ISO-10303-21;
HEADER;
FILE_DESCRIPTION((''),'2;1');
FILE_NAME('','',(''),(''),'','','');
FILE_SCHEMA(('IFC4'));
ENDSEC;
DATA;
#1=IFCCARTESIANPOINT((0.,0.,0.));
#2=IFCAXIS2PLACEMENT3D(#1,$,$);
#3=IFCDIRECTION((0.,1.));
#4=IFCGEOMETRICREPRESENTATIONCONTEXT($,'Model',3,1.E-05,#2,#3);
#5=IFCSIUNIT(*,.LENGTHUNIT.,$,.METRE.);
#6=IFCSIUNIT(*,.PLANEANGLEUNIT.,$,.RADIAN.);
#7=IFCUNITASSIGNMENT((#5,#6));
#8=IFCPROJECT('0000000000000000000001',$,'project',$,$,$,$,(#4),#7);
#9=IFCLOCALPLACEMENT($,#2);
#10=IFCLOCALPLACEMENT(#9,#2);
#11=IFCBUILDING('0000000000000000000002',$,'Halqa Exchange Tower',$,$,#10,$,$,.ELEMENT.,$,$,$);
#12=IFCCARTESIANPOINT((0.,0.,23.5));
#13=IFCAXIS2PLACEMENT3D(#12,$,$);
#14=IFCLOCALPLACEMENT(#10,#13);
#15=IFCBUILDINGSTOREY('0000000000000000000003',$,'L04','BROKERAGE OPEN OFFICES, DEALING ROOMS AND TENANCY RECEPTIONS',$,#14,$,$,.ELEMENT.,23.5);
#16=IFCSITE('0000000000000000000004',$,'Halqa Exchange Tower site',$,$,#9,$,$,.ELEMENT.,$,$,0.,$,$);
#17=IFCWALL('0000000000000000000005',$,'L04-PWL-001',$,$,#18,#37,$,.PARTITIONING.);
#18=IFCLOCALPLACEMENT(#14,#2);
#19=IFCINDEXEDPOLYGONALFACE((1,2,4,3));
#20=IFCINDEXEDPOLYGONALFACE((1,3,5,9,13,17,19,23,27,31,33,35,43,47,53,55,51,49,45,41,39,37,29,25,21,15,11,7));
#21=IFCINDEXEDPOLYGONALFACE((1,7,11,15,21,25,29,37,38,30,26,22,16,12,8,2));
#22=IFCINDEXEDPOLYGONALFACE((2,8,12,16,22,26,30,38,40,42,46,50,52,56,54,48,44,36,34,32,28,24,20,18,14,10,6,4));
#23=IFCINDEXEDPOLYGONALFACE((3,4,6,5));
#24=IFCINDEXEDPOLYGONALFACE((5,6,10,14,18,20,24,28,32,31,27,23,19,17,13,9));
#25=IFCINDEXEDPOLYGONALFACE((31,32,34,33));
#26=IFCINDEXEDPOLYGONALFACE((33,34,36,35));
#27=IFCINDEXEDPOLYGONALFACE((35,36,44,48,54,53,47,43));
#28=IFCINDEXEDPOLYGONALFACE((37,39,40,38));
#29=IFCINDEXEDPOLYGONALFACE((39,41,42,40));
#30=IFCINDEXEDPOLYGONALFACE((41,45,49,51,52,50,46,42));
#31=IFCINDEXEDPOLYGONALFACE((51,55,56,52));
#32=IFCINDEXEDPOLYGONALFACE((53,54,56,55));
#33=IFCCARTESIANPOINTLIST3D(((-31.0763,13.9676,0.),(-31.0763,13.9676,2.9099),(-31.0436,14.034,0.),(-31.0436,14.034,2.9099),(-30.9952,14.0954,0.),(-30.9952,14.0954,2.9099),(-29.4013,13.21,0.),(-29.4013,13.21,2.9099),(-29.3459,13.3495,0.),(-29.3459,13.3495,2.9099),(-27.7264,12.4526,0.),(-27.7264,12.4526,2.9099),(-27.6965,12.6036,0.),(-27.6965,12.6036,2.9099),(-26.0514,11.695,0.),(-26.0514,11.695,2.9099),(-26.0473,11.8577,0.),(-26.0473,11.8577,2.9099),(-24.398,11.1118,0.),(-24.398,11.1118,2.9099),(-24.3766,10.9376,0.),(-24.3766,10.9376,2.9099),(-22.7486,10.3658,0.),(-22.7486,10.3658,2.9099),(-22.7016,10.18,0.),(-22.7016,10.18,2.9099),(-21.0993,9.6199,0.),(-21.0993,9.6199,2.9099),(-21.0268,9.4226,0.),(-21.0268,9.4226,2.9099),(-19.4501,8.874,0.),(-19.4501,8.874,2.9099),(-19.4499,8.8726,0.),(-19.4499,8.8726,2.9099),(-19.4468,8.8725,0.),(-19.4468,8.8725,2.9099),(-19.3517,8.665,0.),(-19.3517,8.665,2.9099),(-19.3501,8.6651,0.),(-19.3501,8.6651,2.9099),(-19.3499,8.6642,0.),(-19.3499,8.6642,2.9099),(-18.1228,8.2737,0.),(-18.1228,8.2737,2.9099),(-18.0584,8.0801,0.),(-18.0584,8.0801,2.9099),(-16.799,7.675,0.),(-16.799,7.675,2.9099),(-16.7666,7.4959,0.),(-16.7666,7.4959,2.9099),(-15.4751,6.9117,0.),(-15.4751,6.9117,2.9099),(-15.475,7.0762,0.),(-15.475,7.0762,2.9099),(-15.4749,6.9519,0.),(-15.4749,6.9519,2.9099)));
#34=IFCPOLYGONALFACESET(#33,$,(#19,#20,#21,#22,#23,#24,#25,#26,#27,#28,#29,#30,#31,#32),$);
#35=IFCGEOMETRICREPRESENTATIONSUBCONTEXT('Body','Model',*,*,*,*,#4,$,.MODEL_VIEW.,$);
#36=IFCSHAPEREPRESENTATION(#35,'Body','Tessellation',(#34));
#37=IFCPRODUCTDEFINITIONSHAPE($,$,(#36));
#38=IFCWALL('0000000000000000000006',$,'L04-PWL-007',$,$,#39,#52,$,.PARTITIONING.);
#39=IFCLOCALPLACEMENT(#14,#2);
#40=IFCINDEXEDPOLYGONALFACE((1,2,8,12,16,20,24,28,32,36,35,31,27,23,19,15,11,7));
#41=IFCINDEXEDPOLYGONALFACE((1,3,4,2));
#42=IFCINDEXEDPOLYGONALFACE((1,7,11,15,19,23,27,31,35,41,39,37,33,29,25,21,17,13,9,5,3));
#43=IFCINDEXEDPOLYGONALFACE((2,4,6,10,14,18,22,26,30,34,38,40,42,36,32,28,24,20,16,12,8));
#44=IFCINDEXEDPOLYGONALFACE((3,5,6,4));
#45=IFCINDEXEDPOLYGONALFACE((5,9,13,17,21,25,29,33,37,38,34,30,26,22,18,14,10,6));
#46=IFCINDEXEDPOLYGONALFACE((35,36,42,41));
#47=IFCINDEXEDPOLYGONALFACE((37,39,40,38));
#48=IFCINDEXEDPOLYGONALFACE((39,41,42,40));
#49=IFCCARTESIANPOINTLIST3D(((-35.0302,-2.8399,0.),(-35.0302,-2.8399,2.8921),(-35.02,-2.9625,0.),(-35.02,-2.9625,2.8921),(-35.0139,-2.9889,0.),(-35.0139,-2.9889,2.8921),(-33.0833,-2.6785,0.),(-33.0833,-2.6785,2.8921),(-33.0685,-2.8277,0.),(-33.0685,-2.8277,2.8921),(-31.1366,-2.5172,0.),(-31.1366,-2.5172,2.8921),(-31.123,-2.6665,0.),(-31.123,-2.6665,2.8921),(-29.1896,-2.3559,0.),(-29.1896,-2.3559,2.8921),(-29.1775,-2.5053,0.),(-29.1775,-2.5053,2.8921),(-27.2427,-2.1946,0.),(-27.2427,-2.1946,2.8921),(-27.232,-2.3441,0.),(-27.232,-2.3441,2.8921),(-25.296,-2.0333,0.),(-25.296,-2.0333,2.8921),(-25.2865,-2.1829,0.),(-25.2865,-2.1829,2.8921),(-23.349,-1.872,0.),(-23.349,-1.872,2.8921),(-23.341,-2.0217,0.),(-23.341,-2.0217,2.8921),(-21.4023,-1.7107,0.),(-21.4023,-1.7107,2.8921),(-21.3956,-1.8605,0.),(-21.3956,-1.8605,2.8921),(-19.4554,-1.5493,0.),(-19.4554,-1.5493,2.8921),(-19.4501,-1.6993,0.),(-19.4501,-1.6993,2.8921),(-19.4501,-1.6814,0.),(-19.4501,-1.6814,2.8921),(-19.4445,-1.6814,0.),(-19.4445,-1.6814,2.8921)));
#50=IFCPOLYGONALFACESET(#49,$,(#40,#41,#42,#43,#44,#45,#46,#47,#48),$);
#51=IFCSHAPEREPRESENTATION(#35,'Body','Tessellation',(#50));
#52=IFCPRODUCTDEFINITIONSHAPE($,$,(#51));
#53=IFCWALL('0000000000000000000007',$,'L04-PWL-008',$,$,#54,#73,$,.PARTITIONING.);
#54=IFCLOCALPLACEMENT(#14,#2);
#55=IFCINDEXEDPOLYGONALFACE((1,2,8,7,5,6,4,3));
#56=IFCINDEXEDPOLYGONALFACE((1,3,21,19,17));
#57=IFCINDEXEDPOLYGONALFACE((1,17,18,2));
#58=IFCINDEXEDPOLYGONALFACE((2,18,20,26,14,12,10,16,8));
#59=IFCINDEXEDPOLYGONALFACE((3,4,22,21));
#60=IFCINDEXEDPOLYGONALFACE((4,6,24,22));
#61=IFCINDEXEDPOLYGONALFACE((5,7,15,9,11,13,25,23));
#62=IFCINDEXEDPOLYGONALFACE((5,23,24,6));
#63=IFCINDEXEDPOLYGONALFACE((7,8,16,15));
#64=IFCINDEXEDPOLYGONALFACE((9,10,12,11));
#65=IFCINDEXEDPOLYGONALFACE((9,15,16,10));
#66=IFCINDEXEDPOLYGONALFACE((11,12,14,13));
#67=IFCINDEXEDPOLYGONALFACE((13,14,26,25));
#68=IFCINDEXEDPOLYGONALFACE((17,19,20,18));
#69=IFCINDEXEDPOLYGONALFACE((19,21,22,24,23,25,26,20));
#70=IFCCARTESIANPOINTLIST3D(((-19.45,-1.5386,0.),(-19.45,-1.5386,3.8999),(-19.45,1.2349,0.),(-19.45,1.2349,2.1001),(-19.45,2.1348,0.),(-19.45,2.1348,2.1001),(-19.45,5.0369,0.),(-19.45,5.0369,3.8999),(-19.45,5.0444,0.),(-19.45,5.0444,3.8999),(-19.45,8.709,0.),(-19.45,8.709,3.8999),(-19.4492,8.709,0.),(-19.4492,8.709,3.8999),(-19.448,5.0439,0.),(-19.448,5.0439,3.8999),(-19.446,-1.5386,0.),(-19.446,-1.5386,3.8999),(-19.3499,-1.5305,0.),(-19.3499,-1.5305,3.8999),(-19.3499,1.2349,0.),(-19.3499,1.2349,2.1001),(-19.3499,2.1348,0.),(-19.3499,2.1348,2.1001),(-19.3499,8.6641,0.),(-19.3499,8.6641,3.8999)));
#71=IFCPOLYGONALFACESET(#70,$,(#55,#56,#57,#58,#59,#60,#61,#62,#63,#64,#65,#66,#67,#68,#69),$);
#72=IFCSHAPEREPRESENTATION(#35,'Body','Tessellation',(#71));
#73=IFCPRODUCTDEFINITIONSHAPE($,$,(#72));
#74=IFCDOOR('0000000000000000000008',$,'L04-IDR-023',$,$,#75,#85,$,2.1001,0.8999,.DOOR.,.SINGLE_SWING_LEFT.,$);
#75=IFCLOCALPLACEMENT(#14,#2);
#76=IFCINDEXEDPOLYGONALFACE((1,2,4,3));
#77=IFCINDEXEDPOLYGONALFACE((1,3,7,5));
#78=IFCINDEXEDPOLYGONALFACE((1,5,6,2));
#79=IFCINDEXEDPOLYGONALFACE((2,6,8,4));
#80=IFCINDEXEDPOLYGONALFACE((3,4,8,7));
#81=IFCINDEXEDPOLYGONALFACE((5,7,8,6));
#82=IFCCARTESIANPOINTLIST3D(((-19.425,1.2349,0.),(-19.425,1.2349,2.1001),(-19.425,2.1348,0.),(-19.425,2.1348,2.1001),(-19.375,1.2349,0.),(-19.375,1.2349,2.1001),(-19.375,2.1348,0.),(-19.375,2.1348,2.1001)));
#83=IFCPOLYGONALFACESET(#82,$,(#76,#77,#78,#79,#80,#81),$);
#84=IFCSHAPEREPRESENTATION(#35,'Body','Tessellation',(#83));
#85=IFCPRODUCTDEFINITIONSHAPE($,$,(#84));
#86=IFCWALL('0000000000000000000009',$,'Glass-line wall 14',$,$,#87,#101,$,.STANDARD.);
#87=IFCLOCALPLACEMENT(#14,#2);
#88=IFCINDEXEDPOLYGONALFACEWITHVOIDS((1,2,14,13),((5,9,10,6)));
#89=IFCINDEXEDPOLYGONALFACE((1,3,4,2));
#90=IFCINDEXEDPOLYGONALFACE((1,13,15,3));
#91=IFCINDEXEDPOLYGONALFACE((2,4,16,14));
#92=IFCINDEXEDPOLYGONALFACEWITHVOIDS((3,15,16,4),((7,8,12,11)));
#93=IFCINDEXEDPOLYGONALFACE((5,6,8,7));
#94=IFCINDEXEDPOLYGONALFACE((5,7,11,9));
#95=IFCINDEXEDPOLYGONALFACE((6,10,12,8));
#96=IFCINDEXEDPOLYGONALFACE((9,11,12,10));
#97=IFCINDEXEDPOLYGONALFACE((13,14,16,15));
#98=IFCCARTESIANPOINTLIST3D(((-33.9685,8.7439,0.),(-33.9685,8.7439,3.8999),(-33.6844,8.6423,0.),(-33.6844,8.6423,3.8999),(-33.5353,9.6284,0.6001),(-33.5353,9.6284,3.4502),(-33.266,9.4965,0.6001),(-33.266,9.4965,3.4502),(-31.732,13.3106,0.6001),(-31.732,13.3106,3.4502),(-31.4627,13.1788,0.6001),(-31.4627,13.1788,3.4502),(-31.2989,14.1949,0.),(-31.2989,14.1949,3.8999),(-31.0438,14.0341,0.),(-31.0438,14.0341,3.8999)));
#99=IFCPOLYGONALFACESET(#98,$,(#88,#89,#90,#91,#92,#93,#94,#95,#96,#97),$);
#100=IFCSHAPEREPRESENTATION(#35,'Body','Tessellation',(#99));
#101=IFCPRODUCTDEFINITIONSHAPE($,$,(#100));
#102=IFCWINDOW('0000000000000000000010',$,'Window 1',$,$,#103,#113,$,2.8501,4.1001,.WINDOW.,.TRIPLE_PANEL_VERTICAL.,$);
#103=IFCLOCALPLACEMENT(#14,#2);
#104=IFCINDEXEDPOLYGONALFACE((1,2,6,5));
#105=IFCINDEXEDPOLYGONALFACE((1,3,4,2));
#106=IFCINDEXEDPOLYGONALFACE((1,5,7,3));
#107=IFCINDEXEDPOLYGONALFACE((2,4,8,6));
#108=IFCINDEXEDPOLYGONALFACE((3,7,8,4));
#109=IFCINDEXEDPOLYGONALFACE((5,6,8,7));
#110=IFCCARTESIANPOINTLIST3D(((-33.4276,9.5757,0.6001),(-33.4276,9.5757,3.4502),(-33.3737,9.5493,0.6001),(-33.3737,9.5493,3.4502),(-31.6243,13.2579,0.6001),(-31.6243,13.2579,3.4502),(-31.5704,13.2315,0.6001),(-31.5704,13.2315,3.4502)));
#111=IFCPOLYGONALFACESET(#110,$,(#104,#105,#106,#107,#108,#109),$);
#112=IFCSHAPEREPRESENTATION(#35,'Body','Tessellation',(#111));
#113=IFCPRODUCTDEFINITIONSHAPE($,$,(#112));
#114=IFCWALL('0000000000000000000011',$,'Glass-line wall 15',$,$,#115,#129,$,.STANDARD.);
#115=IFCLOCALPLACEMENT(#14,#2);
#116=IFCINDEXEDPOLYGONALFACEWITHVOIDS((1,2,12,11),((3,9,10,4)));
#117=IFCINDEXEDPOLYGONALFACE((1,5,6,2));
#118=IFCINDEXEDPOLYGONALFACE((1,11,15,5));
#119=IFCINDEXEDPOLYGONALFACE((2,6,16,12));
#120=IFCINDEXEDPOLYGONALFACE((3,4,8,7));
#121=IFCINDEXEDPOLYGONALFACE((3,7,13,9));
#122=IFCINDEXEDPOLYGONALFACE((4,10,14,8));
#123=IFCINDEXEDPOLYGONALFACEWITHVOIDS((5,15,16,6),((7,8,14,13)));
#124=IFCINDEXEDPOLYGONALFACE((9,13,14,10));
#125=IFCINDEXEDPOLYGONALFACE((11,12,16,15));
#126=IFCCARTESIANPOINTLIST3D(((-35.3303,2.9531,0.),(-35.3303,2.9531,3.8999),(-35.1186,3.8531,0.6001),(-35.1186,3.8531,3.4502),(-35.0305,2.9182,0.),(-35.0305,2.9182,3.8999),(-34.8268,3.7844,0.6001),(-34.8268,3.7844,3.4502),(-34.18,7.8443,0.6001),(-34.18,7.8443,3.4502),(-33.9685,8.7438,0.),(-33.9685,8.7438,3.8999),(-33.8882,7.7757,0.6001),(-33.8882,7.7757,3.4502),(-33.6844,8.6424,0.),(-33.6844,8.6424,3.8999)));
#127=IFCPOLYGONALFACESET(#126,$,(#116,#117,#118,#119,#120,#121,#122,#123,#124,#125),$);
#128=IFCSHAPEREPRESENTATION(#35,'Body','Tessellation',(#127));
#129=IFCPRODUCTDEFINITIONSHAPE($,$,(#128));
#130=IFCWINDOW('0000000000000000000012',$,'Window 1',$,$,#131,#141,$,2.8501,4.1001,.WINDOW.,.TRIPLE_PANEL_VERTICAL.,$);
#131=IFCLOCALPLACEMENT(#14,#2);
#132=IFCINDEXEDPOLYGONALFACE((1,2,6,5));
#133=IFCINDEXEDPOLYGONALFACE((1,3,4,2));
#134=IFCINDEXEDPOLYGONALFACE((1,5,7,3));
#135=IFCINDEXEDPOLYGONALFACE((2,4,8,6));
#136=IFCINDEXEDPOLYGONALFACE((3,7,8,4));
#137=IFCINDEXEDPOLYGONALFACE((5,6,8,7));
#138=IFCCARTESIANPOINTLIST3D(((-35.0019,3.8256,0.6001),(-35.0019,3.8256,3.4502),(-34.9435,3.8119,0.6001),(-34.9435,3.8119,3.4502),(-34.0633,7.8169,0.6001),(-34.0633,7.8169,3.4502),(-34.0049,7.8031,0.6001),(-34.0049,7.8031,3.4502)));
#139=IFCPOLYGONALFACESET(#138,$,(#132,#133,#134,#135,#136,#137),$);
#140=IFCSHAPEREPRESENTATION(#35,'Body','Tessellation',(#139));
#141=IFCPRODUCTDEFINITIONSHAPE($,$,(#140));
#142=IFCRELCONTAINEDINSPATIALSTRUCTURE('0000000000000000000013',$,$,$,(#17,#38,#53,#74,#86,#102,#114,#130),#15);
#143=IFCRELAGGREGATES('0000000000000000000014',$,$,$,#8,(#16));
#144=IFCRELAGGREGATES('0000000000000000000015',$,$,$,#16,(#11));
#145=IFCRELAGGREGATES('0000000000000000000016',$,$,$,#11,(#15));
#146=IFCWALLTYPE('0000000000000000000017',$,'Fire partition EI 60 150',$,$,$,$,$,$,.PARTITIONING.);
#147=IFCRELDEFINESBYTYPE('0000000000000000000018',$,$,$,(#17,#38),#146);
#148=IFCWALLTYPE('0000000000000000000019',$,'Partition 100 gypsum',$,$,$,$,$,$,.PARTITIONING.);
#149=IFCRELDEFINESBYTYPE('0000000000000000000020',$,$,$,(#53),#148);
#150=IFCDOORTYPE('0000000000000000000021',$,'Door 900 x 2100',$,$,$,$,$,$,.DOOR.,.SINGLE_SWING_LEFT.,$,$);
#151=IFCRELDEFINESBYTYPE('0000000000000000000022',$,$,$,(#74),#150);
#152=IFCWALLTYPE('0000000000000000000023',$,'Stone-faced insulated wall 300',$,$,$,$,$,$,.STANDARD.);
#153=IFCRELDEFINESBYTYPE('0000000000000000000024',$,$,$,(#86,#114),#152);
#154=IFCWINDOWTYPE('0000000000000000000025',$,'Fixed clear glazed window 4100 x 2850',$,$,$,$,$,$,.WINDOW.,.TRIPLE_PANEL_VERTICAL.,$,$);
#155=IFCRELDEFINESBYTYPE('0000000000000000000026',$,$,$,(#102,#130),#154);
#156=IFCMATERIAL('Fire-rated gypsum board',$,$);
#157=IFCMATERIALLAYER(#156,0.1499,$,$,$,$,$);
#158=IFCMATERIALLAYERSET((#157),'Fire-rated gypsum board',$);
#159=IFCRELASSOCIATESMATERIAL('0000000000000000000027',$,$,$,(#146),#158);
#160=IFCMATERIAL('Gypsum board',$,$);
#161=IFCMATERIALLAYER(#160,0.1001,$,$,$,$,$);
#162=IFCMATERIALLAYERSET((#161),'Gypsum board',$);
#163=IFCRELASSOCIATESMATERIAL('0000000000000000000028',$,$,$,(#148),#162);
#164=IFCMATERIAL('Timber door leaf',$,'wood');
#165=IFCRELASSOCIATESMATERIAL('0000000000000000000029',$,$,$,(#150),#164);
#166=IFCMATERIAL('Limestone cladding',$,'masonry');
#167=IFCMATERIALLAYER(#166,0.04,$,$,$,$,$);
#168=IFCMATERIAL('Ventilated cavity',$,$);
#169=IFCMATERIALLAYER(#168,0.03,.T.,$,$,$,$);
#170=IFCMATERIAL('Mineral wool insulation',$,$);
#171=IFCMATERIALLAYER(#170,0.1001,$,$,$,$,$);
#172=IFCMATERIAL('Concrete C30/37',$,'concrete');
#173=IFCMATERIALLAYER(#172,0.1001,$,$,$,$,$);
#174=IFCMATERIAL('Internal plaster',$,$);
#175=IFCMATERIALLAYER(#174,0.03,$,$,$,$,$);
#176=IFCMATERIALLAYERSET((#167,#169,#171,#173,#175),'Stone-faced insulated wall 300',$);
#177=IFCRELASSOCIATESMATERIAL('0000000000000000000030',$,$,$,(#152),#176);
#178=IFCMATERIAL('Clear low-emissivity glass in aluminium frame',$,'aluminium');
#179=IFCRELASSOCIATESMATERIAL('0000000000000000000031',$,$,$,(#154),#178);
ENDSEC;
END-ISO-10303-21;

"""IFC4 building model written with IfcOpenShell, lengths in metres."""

from ifc_helpers import new_model, si_unit, direction, frame, frame_2d, origin, place, context, subcontext, project, spatial, polyline, rectangle, outline, extrude, material, layer, layer_set, type_object, element, fill, save


model = new_model("IFC4")

# Units and contexts
model_context = context("Model", 3, precision=1e-05, world=origin(), true_north=direction((0.0, 1.0)))
body_context = subcontext(model_context, "Body", "Model", "MODEL_VIEW")
ifc_project = project(units=[si_unit("LENGTHUNIT", "METRE"), si_unit("PLANEANGLEUNIT", "RADIAN")], contexts=[model_context])

# Site, building, storey
site_placement = place(None, origin())
site = spatial("IfcSite", under=ifc_project, at=site_placement, Name="Halqa Exchange Tower site", CompositionType="ELEMENT", RefElevation=0.0)
building_placement = place(site_placement, origin())
building = spatial("IfcBuilding", under=site, at=building_placement, Name="Halqa Exchange Tower", CompositionType="ELEMENT")
storey_placement = place(building_placement, frame((0.0, 0.0, 23.5)))
storey = spatial("IfcBuildingStorey", under=building, at=storey_placement, Name="L04", Description="BROKERAGE OPEN OFFICES, DEALING ROOMS AND TENANCY RECEPTIONS", CompositionType="ELEMENT", Elevation=23.5)

# Walls
ifc_material_1 = material(Name="Fire-rated gypsum board")
ifc_layer_1 = layer(ifc_material_1, 0.1499)
ifc_layer_set_1 = layer_set([ifc_layer_1], Name="Fire-rated gypsum board")
wall_type_1 = type_object("IfcWallType", Name="Fire partition EI 60 150", PredefinedType="PARTITIONING", material=ifc_layer_set_1)
wall_1_placement = place(storey_placement, frame((-31.0454, 14.0359, 0.0), z_axis=(0.0, 0.0, 1.0), x_axis=(0.911148, -0.412079, 0.0)))
element("IfcWall", 1, at=wall_1_placement, inside=storey, type_object=wall_type_1, Name="L04-PWL-001", PredefinedType="PARTITIONING", context=body_context, shape_type="SweptSolid", body=[
    extrude(outline(polyline([(0.0, -0.075), (1.8384, -0.075), (3.6765, -0.075), (5.5149, -0.075), (7.353, -0.075), (9.1914, -0.075), (11.0295, -0.075), (12.8679, -0.075), (12.8694, -0.0742), (12.8699, -0.075), (14.2874, -0.075), (15.7051, -0.075), (17.1226, -0.075), (17.1062, -0.0383), (17.1062, -0.0383), (17.0549, 0.075), (15.6018, 0.075), (14.1489, 0.075), (12.6958, 0.075), (12.6929, 0.0737), (12.6921, 0.075), (10.8821, 0.075), (9.072, 0.075), (7.2617, 0.075), (5.4517, 0.075), (3.6416, 0.075), (1.8313, 0.075), (0.0212, 0.075), (0.0024, -0.001), (0.0, -0.075)])), origin(), (0.0, 0.0, 1.0), 2.9099),
])
wall_2_placement = place(storey_placement, frame((-19.4492, -1.624, 0.0), z_axis=(0.0, 0.0, 1.0), x_axis=(-0.996585, -0.082577, 0.0)))
element("IfcWall", 2, at=wall_2_placement, inside=storey, type_object=wall_type_1, Name="L04-PWL-007", PredefinedType="PARTITIONING", context=body_context, shape_type="SweptSolid", body=[
    extrude(outline(polyline([(15.6282, -0.075), (15.6282, 0.0481), (15.6243, 0.075), (13.6721, 0.075), (11.72, 0.075), (9.7678, 0.075), (7.8157, 0.075), (5.8635, 0.075), (3.9114, 0.075), (1.9592, 0.075), (0.0071, 0.075), (0.0056, 0.0571), (0.0, 0.0576), (0.0, -0.075), (1.9536, -0.075), (3.907, -0.075), (5.8606, -0.075), (7.814, -0.075), (9.7676, -0.075), (11.7212, -0.075), (13.6746, -0.075), (15.6282, -0.075)])), origin(), (0.0, 0.0, 1.0), 2.8921),
])

# Wall, opening, door
ifc_material_2 = material(Name="Gypsum board")
ifc_layer_2 = layer(ifc_material_2, 0.1001)
ifc_layer_set_2 = layer_set([ifc_layer_2], Name="Gypsum board")
wall_type_2 = type_object("IfcWallType", Name="Partition 100 gypsum", PredefinedType="PARTITIONING", material=ifc_layer_set_2)
wall_3_placement = place(storey_placement, frame((-19.3999, -1.5386, 0.0), z_axis=(0.0, 0.0, 1.0), x_axis=(0.0, 1.0, 0.0)))
wall_3 = element("IfcWall", 3, at=wall_3_placement, inside=storey, type_object=wall_type_2, Name="L04-PWL-008", PredefinedType="PARTITIONING", context=body_context, shape_type="SweptSolid", body=[
    extrude(outline(polyline([(0.0081, -0.05), (1.707, -0.05), (3.4062, -0.05), (5.1052, -0.05), (6.8044, -0.05), (8.5034, -0.05), (10.2026, -0.05), (10.2476, 0.0493), (10.2476, 0.05), (8.4153, 0.05), (6.583, 0.05), (6.5825, 0.0481), (6.5754, 0.05), (4.9316, 0.05), (3.2876, 0.05), (1.6438, 0.05), (0.0, 0.05), (0.0, 0.0461), (0.0081, -0.05)])), origin(), (0.0, 0.0, 1.0), 3.8999),
])
opening_1_placement = place(wall_3_placement, frame((2.7734, 0.0, 0.0)))
opening_1 = element("IfcOpeningElement", 4, at=opening_1_placement, cuts=wall_3, PredefinedType="OPENING", context=body_context, shape_type="SweptSolid", body=[
    extrude(rectangle(XDim=0.8999, YDim=2.1001, at=frame_2d((0.45, 1.05))), frame((0.0, 0.062, 0.0), z_axis=(0.0, -1.0, 0.0), x_axis=(1.0, 0.0, 0.0)), (0.0, 0.0, 1.0), 0.124),
])
ifc_material_3 = material(Name="Timber door leaf", Category="wood")
door_type_1 = type_object("IfcDoorType", Name="Door 900 x 2100", OperationType="SINGLE_SWING_LEFT", PredefinedType="DOOR", material=ifc_material_3)
door_1_placement = place(opening_1_placement, frame((0.8999, 0.0, 0.0), z_axis=(0.0, 0.0, 1.0), x_axis=(-1.0, 0.0, 0.0)))
door_1 = element("IfcDoor", 5, at=door_1_placement, inside=storey, type_object=door_type_1, Name="L04-IDR-023", OperationType="SINGLE_SWING_LEFT", OverallHeight=2.1001, OverallWidth=0.8999, PredefinedType="DOOR", context=body_context, shape_type="SweptSolid", body=[
    extrude(rectangle(XDim=0.8999, YDim=2.1001, at=frame_2d((0.45, 1.05))), frame((0.0, 0.0249, 0.0), z_axis=(0.0, -1.0, 0.0), x_axis=(1.0, 0.0, 0.0)), (0.0, 0.0, 1.0), 0.05),
])
fill(opening_1, door_1)

# Walls, openings, windows
ifc_material_4 = material(Name="Limestone cladding", Category="masonry")
ifc_layer_3 = layer(ifc_material_4, 0.04)
ifc_material_5 = material(Name="Ventilated cavity")
ifc_layer_4 = layer(ifc_material_5, 0.03, ventilated=True)
ifc_material_6 = material(Name="Mineral wool insulation")
ifc_layer_5 = layer(ifc_material_6, 0.1001)
ifc_material_7 = material(Name="Concrete C30/37", Category="concrete")
ifc_layer_6 = layer(ifc_material_7, 0.1001)
ifc_material_8 = material(Name="Internal plaster")
ifc_layer_7 = layer(ifc_material_8, 0.03)
ifc_layer_set_3 = layer_set([ifc_layer_3, ifc_layer_4, ifc_layer_5, ifc_layer_6, ifc_layer_7], Name="Stone-faced insulated wall 300")
wall_type_3 = type_object("IfcWallType", Name="Stone-faced insulated wall 300", PredefinedType="STANDARD", material=ifc_layer_set_3)
wall_4_placement = place(storey_placement, frame((-31.1714, 14.1145, 0.0), z_axis=(0.0, 0.0, 1.0), x_axis=(-0.439822, -0.898085, 0.0)))
wall_4 = element("IfcWall", 6, at=wall_4_placement, inside=storey, type_object=wall_type_3, Name="Glass-line wall 14", PredefinedType="STANDARD", context=body_context, shape_type="SweptSolid", body=[
    extrude(outline(polyline([(-0.0161, -0.1499), (6.0535, -0.1499), (6.0198, 0.1499), (0.0161, 0.1499), (-0.0161, -0.1499)])), origin(), (0.0, 0.0, 1.0), 3.8999),
])
opening_2_placement = place(wall_4_placement, frame((0.9685, 0.0, 0.6001)))
opening_2 = element("IfcOpeningElement", 7, at=opening_2_placement, cuts=wall_4, PredefinedType="OPENING", context=body_context, shape_type="SweptSolid", body=[
    extrude(rectangle(XDim=4.1001, YDim=2.8501, at=frame_2d((2.05, 1.425))), frame((0.0, 0.1621, 0.0), z_axis=(0.0, -1.0, 0.0), x_axis=(1.0, 0.0, 0.0)), (0.0, 0.0, 1.0), 0.324),
])
ifc_material_9 = material(Name="Clear low-emissivity glass in aluminium frame", Category="aluminium")
window_type = type_object("IfcWindowType", Name="Fixed clear glazed window 4100 x 2850", PartitioningType="TRIPLE_PANEL_VERTICAL", PredefinedType="WINDOW", material=ifc_material_9)
window_1_placement = place(opening_2_placement, origin())
window_1 = element("IfcWindow", 8, at=window_1_placement, inside=storey, type_object=window_type, Name="Window 1", OverallHeight=2.8501, OverallWidth=4.1001, PartitioningType="TRIPLE_PANEL_VERTICAL", PredefinedType="WINDOW", context=body_context, shape_type="SweptSolid", body=[
    extrude(rectangle(XDim=4.1001, YDim=2.8501, at=frame_2d((2.05, 1.425))), frame((0.0, 0.03, 0.0), z_axis=(0.0, -1.0, 0.0), x_axis=(1.0, 0.0, 0.0)), (0.0, 0.0, 1.0), 0.0601),
])
fill(opening_2, window_1)
wall_5_placement = place(storey_placement, frame((-33.8264, 8.6931, 0.0), z_axis=(0.0, 0.0, 1.0), x_axis=(-0.228924, -0.973444, 0.0)))
wall_5 = element("IfcWall", 9, at=wall_5_placement, inside=storey, type_object=wall_type_3, Name="Glass-line wall 15", PredefinedType="STANDARD", context=body_context, shape_type="SweptSolid", body=[
    extrude(outline(polyline([(-0.0168, -0.1499), (5.9319, -0.1499), (5.8972, 0.1499), (0.0168, 0.1499), (-0.0168, -0.1499)])), origin(), (0.0, 0.0, 1.0), 3.8999),
])
opening_3_placement = place(wall_5_placement, frame((0.9072, 0.0, 0.6001)))
opening_3 = element("IfcOpeningElement", 10, at=opening_3_placement, cuts=wall_5, PredefinedType="OPENING", context=body_context, shape_type="SweptSolid", body=[
    extrude(rectangle(XDim=4.1001, YDim=2.8501, at=frame_2d((2.05, 1.425))), frame((0.0, 0.1621, 0.0), z_axis=(0.0, -1.0, 0.0), x_axis=(1.0, 0.0, 0.0)), (0.0, 0.0, 1.0), 0.324),
])
window_2_placement = place(opening_3_placement, origin())
window_2 = element("IfcWindow", 11, at=window_2_placement, inside=storey, type_object=window_type, Name="Window 1", OverallHeight=2.8501, OverallWidth=4.1001, PartitioningType="TRIPLE_PANEL_VERTICAL", PredefinedType="WINDOW", context=body_context, shape_type="SweptSolid", body=[
    extrude(rectangle(XDim=4.1001, YDim=2.8501, at=frame_2d((2.05, 1.425))), frame((0.0, 0.03, 0.0), z_axis=(0.0, -1.0, 0.0), x_axis=(1.0, 0.0, 0.0)), (0.0, 0.0, 1.0), 0.0601),
])
fill(opening_3, window_2)

save(model, "model.ifc")
